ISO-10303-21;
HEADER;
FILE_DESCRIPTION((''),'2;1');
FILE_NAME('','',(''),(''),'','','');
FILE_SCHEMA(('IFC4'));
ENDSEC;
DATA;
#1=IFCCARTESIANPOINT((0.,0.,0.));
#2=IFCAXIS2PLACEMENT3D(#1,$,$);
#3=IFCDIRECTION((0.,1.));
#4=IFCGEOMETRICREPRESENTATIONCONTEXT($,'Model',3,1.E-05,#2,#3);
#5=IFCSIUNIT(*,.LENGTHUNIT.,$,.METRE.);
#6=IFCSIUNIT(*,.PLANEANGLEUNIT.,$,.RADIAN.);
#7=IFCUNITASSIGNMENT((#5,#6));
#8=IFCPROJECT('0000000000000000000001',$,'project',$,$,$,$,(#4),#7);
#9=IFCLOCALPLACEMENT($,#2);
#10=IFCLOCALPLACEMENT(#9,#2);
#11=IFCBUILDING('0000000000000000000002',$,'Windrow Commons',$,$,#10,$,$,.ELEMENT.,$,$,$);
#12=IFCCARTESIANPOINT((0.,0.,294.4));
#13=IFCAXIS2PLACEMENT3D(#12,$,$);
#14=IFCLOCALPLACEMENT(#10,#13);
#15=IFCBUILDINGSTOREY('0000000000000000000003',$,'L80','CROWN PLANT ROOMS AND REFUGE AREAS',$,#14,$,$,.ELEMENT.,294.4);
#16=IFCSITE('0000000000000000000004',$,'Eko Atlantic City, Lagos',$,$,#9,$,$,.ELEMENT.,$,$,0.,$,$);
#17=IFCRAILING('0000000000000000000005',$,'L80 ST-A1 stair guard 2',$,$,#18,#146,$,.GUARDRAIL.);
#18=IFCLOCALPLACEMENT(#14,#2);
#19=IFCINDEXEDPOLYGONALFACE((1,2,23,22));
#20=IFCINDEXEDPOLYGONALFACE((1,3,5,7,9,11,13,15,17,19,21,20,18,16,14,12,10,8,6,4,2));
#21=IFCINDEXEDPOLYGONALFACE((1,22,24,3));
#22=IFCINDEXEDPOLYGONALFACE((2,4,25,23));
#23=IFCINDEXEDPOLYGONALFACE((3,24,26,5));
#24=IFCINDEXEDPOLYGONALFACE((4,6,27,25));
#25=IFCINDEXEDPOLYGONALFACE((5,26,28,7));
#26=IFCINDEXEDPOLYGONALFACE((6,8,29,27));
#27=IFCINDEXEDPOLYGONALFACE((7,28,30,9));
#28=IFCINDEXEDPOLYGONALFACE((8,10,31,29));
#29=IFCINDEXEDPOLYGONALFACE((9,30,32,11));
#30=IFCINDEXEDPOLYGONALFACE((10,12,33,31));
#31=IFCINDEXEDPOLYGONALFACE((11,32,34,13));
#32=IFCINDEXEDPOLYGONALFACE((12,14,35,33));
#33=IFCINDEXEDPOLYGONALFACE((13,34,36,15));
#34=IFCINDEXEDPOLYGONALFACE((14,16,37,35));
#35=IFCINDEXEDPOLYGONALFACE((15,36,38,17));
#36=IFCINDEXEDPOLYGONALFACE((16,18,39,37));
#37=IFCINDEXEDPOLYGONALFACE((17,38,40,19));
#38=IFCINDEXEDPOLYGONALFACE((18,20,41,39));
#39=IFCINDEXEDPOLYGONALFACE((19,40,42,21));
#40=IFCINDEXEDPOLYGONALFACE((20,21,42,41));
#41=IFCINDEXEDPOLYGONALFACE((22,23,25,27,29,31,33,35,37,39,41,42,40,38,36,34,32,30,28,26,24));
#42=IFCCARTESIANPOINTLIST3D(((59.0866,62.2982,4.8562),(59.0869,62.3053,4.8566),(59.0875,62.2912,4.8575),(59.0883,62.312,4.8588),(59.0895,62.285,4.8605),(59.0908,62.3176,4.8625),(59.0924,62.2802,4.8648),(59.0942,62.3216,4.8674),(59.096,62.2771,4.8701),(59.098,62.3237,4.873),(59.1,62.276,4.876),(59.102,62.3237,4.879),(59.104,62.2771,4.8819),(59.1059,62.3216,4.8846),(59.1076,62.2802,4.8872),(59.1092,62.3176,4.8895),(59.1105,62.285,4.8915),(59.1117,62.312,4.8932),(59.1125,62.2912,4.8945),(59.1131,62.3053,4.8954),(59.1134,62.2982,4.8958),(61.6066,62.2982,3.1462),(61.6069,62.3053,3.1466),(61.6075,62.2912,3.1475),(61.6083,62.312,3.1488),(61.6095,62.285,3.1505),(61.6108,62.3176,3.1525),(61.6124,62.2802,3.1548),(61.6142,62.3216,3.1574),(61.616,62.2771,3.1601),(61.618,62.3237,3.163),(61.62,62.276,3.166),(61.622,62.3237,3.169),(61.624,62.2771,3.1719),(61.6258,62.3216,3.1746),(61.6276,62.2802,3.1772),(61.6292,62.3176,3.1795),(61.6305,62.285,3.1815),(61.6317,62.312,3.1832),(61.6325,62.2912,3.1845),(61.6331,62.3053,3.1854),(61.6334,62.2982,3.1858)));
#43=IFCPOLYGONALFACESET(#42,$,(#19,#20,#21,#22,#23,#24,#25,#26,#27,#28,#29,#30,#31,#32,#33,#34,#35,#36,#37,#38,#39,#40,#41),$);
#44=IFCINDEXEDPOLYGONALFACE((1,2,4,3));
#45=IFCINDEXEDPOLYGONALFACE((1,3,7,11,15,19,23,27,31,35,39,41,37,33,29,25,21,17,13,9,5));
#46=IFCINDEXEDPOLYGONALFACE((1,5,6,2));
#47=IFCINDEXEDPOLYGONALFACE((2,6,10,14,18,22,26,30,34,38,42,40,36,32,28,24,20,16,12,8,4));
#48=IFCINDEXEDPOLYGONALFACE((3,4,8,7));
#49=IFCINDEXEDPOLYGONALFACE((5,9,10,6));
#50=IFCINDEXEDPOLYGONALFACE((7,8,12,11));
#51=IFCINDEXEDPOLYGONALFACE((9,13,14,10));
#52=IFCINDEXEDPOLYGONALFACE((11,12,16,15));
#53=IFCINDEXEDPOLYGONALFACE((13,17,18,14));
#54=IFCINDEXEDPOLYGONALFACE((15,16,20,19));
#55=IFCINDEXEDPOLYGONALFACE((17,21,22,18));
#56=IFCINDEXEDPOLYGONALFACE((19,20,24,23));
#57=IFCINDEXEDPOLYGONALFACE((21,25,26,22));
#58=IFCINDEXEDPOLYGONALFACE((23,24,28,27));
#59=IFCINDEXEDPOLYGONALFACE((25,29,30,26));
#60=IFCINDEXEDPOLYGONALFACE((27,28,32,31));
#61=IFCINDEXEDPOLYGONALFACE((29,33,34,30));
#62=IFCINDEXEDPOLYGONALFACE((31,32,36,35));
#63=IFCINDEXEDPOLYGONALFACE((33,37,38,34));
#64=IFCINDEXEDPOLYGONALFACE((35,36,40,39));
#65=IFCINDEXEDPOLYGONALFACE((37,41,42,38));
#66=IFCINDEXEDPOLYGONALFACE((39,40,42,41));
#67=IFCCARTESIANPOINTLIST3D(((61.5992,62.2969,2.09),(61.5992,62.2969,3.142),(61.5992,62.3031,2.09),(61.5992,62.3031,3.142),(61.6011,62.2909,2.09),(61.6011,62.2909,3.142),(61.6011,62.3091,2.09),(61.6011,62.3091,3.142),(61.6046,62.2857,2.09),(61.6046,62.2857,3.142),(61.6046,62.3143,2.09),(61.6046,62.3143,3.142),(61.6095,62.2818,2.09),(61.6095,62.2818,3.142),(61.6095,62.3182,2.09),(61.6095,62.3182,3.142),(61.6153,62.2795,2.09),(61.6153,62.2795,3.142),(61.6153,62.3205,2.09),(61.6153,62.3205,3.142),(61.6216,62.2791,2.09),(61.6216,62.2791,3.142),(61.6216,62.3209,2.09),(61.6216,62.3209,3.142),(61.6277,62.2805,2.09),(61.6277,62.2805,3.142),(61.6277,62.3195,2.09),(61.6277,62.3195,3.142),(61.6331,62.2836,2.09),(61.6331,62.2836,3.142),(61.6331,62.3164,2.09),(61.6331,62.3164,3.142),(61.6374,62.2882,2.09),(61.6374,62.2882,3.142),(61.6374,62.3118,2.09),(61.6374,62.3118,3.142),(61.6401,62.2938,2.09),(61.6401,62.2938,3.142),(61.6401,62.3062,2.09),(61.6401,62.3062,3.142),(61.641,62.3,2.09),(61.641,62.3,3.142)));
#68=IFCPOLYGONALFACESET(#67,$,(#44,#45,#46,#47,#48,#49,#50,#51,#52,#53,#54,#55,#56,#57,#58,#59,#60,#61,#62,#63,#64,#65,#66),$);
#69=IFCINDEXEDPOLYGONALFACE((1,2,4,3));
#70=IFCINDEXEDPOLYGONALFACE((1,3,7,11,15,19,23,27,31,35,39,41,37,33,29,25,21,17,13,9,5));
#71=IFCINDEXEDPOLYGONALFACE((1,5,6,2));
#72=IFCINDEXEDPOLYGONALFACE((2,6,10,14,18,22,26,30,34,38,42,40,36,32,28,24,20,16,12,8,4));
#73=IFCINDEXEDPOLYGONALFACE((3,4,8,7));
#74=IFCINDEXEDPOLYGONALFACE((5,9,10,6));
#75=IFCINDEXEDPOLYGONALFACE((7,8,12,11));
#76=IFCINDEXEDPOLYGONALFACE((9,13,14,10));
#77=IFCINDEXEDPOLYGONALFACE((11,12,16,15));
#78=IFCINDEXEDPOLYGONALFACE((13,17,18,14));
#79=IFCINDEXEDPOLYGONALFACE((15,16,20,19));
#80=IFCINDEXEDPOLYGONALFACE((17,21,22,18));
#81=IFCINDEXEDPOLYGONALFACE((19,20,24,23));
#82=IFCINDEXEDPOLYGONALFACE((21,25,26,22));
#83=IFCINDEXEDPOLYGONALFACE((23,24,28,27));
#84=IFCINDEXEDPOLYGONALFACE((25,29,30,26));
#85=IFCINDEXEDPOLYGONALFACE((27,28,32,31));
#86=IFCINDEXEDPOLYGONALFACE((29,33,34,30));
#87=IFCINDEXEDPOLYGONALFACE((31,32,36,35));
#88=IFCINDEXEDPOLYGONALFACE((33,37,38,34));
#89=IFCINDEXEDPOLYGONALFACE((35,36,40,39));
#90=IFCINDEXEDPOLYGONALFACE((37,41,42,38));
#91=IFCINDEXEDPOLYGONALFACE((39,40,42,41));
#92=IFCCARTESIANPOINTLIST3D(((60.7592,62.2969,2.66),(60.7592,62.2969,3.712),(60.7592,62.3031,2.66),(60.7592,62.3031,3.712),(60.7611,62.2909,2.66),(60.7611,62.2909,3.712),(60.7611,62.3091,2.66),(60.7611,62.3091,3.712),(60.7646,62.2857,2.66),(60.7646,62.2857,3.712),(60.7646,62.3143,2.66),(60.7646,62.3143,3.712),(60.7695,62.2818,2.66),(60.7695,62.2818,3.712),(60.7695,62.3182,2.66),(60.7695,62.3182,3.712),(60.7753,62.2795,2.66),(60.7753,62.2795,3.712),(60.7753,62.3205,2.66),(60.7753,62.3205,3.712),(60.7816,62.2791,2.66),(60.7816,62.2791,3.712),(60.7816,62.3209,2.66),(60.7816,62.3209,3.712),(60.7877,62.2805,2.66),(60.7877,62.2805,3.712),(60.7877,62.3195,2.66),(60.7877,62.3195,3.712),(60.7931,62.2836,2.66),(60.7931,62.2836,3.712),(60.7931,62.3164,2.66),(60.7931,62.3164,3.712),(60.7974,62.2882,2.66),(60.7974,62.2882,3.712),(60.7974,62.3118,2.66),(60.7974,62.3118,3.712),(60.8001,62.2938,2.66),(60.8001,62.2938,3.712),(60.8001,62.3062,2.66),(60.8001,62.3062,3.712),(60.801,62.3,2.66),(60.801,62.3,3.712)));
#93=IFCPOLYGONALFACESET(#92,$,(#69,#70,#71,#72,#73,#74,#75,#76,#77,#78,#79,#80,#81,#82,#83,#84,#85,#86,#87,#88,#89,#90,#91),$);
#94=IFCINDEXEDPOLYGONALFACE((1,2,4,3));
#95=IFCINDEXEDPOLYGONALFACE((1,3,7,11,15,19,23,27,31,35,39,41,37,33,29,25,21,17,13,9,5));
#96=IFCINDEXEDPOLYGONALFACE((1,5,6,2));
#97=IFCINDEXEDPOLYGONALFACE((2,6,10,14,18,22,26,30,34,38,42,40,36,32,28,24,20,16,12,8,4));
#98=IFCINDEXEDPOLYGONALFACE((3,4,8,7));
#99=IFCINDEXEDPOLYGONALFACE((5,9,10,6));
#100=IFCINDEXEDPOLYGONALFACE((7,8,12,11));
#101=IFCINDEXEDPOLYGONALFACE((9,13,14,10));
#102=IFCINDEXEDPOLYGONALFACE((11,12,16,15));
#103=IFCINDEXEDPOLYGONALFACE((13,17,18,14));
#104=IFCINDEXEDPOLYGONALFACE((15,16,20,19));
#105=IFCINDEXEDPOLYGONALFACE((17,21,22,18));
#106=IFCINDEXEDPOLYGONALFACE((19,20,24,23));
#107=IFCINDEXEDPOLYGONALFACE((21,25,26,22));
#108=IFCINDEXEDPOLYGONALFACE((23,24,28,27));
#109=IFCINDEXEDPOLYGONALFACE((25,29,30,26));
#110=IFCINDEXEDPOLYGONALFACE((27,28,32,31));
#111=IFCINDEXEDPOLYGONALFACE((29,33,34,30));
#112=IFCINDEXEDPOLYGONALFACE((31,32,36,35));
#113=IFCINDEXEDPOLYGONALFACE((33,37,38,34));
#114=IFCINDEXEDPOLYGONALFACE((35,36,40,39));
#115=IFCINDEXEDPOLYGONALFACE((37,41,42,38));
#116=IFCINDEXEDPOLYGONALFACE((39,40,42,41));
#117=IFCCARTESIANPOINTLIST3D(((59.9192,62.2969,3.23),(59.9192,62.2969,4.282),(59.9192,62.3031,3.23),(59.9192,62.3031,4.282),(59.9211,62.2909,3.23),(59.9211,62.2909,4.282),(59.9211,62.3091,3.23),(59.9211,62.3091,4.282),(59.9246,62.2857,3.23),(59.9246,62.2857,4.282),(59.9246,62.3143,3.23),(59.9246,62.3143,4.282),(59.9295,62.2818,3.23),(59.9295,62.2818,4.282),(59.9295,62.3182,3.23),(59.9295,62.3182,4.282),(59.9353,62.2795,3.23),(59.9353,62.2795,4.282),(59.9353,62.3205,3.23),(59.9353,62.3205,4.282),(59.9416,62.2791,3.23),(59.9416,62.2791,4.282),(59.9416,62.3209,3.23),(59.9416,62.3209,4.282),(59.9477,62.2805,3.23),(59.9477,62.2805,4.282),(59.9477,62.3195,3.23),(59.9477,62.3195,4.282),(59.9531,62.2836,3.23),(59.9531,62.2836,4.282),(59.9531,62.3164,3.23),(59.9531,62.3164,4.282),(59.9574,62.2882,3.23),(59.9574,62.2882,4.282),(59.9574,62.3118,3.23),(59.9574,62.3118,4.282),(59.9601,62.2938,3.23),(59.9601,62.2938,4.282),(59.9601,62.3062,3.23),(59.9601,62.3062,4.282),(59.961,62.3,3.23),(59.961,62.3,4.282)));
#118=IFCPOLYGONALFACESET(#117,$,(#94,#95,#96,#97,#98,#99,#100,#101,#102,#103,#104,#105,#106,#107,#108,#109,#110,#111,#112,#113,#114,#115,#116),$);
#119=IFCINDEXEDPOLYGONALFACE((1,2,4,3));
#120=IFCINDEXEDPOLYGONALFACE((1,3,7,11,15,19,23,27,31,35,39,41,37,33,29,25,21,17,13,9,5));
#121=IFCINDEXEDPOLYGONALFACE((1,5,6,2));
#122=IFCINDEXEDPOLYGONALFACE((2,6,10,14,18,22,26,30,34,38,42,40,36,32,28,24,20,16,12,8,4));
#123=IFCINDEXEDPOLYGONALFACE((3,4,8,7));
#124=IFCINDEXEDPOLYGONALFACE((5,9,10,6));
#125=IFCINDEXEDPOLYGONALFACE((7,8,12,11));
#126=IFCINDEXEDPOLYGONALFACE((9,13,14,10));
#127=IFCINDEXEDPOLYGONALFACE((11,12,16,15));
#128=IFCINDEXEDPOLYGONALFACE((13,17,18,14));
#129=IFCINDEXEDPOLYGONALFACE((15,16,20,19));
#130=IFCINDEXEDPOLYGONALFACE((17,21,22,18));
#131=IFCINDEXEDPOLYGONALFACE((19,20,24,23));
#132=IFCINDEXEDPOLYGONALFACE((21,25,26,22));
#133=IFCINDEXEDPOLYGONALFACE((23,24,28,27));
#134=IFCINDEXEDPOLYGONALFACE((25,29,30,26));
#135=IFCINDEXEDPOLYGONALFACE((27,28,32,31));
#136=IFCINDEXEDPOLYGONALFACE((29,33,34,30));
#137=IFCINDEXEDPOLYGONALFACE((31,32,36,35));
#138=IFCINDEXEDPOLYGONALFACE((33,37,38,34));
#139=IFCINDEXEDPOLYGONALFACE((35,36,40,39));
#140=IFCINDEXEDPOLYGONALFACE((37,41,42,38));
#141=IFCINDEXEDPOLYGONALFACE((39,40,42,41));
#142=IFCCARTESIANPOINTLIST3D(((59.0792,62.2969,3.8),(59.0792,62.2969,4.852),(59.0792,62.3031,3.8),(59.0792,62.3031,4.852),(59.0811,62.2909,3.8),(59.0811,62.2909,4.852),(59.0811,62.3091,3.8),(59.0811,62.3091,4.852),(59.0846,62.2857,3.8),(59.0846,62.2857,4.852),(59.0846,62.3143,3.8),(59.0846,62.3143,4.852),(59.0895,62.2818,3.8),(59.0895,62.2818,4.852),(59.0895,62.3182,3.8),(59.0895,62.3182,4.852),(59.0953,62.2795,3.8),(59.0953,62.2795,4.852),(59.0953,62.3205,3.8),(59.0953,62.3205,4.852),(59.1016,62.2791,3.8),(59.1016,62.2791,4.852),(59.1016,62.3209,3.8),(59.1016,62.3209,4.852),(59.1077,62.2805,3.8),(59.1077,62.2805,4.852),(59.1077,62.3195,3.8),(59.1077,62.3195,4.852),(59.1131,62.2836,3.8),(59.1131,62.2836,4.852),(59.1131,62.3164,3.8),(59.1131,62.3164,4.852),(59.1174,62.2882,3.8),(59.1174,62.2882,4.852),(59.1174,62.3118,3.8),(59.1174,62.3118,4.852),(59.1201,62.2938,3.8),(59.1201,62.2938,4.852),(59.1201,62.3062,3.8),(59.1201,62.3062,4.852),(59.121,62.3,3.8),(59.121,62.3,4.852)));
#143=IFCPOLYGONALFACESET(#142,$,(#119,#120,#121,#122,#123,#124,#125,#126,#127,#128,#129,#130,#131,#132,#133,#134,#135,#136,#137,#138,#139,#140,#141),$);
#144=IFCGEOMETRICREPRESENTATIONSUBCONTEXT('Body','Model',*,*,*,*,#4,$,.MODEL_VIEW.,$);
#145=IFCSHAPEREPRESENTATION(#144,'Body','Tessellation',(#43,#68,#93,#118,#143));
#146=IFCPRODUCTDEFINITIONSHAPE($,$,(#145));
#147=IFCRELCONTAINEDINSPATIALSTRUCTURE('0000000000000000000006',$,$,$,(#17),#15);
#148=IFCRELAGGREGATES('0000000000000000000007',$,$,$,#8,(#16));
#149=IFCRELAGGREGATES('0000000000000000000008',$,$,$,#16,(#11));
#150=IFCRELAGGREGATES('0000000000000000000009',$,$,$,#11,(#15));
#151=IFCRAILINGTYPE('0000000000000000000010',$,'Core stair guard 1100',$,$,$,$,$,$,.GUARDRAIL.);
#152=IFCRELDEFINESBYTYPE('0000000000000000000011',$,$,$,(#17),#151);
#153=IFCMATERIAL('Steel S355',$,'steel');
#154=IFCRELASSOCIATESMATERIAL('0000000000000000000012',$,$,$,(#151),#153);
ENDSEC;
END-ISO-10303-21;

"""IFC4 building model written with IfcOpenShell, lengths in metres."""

from ifc_helpers import new_model, si_unit, direction, frame, origin, origin_2d, place, context, subcontext, project, spatial, circle, extrude, material, type_object, element, save


model = new_model("IFC4")

# Units and contexts
model_context = context("Model", 3, precision=1e-05, world=origin(), true_north=direction((0.0, 1.0)))
body_context = subcontext(model_context, "Body", "Model", "MODEL_VIEW")
ifc_project = project(units=[si_unit("LENGTHUNIT", "METRE"), si_unit("PLANEANGLEUNIT", "RADIAN")], contexts=[model_context])

# Site, building, storey
site_placement = place(None, origin())
site = spatial("IfcSite", under=ifc_project, at=site_placement, Name="Eko Atlantic City, Lagos", CompositionType="ELEMENT", RefElevation=0.0)
building_placement = place(site_placement, origin())
building = spatial("IfcBuilding", under=site, at=building_placement, Name="Windrow Commons", CompositionType="ELEMENT")
storey_placement = place(building_placement, frame((0.0, 0.0, 294.4)))
storey = spatial("IfcBuildingStorey", under=building, at=storey_placement, Name="L80", Description="CROWN PLANT ROOMS AND REFUGE AREAS", CompositionType="ELEMENT", Elevation=294.4)

# Railing
ifc_material_1 = material(Name="Steel S355", Category="steel")
railing_type_1 = type_object("IfcRailingType", Name="Core stair guard 1100", PredefinedType="GUARDRAIL", material=ifc_material_1)
railing_1_placement = place(storey_placement, frame((61.62, 62.3, 2.09)))
element("IfcRailing", 1, at=railing_1_placement, inside=storey, type_object=railing_type_1, Name="L80 ST-A1 stair guard 2", PredefinedType="GUARDRAIL", context=body_context, shape_type="SweptSolid", body=[
    extrude(circle(Radius=0.024, at=origin_2d()), frame((0.0, 0.0, 1.076), z_axis=(-0.827476, 0.0, 0.561501), x_axis=(0.0, -1.0, 0.0)), (0.0, 0.0, 1.0), 3.0454),
    extrude(circle(Radius=0.021, at=origin_2d()), origin(), (0.0, 0.0, 1.0), 1.052),
    extrude(circle(Radius=0.021, at=origin_2d()), frame((-0.84, 0.0, 0.57)), (0.0, 0.0, 1.0), 1.052),
    extrude(circle(Radius=0.021, at=origin_2d()), frame((-1.68, 0.0, 1.14)), (0.0, 0.0, 1.0), 1.052),
    extrude(circle(Radius=0.021, at=origin_2d()), frame((-2.52, 0.0, 1.71)), (0.0, 0.0, 1.0), 1.052),
])

save(model, "model.ifc")
